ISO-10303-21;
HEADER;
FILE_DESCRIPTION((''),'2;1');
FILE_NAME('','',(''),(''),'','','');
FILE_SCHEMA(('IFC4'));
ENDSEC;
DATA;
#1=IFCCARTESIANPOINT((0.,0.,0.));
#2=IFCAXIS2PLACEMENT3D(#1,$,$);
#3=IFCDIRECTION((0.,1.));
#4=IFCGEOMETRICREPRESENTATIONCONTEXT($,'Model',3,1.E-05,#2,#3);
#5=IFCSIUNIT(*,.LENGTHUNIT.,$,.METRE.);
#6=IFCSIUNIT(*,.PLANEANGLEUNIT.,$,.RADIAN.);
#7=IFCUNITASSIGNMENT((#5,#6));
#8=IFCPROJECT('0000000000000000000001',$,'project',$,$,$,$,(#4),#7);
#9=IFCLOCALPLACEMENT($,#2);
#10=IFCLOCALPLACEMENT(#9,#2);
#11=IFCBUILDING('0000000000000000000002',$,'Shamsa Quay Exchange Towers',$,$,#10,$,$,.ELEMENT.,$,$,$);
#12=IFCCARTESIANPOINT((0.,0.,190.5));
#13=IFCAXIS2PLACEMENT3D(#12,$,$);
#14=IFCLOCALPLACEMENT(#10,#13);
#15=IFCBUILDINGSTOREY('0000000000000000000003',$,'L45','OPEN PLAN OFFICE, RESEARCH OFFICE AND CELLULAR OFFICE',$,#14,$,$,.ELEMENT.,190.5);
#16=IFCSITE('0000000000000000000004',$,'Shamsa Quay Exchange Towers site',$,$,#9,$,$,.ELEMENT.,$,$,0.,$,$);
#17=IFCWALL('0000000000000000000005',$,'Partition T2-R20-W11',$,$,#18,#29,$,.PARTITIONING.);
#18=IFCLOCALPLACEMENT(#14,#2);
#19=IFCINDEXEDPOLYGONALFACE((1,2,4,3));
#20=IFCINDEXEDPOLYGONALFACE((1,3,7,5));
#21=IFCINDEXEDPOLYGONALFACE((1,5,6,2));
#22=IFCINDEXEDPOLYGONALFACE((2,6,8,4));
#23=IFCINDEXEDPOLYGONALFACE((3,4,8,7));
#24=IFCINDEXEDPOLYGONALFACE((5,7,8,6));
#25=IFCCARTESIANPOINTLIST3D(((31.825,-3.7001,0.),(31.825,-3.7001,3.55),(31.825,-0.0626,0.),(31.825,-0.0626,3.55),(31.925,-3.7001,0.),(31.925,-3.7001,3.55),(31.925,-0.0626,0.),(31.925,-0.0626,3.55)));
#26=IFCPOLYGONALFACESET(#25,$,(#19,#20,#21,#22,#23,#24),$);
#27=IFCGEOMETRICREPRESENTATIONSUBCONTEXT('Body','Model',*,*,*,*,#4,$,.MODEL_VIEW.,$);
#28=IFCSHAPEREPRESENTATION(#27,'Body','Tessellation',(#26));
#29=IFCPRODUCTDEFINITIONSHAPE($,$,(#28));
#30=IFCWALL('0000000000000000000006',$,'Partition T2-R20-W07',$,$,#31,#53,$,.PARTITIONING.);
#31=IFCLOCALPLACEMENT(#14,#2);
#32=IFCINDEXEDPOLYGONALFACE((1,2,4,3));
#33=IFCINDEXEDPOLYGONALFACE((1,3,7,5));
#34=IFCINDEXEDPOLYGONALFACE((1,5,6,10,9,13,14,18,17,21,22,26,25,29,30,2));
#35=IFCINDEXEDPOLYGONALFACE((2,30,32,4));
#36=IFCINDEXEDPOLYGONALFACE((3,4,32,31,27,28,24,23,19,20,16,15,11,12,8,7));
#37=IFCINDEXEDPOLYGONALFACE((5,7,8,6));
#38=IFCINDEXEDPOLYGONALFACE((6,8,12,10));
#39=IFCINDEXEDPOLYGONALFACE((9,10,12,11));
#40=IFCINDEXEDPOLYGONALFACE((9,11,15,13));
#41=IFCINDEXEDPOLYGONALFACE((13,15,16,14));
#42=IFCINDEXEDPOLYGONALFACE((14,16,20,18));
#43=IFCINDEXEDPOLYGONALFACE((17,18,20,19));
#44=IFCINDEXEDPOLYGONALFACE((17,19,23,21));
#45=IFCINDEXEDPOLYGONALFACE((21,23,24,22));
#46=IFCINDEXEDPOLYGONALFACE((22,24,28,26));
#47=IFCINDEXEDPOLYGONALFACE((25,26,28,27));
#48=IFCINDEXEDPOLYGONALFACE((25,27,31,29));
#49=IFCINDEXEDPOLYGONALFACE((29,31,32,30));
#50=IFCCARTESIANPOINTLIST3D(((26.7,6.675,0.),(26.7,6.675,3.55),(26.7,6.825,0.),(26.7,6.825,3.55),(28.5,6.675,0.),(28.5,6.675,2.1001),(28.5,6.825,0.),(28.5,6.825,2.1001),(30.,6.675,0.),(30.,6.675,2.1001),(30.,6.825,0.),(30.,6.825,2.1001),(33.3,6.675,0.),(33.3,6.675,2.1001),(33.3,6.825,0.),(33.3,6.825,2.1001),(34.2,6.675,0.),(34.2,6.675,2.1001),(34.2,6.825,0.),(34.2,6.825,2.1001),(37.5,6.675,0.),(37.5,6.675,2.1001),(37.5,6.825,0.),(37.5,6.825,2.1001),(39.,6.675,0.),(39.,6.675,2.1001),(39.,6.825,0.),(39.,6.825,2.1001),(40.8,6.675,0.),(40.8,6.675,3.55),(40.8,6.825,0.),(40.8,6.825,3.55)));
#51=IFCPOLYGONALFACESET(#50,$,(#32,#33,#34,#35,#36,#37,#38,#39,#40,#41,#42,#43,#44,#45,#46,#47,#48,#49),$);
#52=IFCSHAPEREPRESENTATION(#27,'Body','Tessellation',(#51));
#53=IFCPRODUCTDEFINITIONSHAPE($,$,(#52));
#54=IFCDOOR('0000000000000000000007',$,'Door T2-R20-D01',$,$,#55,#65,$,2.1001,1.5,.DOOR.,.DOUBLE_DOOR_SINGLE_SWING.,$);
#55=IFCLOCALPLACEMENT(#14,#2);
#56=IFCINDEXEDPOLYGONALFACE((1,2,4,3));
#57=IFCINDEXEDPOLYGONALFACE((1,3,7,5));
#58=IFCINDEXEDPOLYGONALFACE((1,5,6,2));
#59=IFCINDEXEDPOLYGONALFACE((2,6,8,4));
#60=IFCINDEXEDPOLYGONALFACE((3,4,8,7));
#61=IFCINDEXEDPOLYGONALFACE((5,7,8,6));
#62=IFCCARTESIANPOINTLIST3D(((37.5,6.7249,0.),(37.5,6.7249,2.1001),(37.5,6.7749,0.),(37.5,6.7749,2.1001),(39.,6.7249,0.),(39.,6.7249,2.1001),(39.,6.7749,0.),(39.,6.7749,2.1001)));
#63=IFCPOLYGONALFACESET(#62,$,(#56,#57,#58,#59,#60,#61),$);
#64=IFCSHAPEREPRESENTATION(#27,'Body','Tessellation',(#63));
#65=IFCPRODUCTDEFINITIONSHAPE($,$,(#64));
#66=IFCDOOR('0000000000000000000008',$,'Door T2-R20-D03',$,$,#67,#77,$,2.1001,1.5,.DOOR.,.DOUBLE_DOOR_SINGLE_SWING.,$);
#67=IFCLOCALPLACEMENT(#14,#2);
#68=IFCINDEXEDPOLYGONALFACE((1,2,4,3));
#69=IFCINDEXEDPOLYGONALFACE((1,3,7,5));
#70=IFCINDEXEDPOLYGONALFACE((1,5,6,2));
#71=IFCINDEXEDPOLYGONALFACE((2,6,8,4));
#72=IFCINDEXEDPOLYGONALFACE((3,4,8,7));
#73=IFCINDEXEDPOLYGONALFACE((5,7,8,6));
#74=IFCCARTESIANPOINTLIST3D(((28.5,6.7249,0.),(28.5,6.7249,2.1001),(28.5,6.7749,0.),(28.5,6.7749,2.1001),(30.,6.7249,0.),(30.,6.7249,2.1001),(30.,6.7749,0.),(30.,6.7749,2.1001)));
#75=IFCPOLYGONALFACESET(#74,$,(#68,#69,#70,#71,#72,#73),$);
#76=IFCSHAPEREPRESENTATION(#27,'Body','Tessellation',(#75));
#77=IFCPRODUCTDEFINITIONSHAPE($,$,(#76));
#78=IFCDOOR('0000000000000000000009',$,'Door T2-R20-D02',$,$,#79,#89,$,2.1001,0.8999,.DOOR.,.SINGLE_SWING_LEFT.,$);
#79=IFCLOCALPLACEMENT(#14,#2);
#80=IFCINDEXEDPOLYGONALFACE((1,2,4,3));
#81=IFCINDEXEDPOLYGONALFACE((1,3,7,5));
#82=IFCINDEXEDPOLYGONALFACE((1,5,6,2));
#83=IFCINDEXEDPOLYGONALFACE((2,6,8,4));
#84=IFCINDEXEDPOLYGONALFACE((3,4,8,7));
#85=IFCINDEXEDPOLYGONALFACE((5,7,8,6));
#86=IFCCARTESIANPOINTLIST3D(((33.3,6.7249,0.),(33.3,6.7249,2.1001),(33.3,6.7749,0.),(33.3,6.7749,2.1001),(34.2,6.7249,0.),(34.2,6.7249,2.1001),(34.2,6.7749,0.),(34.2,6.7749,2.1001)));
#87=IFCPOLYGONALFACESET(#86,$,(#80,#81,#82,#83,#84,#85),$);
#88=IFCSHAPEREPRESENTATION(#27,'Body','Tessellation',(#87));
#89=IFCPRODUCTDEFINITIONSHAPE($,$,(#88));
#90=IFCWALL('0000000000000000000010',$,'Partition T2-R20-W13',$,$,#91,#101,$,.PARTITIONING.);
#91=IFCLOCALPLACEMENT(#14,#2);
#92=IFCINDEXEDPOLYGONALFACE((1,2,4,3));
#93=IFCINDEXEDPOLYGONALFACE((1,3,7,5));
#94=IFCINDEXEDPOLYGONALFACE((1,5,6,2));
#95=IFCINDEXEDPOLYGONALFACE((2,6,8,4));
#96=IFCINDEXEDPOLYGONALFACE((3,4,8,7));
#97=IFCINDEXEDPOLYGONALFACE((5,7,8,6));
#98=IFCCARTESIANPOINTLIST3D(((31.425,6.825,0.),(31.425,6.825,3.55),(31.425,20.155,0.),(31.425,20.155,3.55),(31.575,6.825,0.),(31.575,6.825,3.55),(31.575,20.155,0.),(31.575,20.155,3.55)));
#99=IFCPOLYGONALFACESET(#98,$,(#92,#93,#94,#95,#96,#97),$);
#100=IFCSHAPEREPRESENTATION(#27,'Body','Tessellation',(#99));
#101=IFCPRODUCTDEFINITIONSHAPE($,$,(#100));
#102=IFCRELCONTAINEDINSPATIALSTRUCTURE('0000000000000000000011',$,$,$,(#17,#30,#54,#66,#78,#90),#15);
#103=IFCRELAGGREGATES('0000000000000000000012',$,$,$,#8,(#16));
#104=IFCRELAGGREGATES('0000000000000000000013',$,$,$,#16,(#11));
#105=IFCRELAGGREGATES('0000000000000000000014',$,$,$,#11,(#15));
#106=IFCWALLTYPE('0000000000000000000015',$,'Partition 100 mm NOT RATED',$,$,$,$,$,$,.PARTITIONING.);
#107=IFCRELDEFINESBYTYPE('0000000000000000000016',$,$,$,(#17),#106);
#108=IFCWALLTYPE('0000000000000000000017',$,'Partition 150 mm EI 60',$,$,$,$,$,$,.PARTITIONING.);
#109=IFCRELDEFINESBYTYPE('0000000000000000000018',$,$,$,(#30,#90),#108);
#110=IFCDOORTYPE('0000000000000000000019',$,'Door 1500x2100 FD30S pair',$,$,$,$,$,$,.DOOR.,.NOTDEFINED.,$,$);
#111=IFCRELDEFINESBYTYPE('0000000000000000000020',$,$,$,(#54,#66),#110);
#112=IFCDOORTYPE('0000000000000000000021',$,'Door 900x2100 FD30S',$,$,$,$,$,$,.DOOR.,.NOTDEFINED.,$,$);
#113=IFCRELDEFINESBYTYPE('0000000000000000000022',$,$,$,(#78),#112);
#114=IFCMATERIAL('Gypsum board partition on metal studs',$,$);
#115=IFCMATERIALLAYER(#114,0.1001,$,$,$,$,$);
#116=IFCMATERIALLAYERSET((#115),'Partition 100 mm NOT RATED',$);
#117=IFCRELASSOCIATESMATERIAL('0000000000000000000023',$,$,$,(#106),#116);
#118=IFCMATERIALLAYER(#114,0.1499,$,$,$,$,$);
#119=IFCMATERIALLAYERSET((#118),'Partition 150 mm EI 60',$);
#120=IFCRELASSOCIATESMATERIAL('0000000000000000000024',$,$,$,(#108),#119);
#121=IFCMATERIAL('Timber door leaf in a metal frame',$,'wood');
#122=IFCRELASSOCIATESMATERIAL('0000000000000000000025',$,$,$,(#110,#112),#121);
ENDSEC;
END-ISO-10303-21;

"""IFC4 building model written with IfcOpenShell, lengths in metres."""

from ifc_helpers import new_model, si_unit, direction, frame, frame_2d, origin, place, context, subcontext, project, spatial, rectangle, extrude, material, layer, layer_set, type_object, element, fill, save


model = new_model("IFC4")

# Units and contexts
model_context = context("Model", 3, precision=1e-05, world=origin(), true_north=direction((0.0, 1.0)))
body_context = subcontext(model_context, "Body", "Model", "MODEL_VIEW")
ifc_project = project(units=[si_unit("LENGTHUNIT", "METRE"), si_unit("PLANEANGLEUNIT", "RADIAN")], contexts=[model_context])

# Site, building, storey
site_placement = place(None, origin())
site = spatial("IfcSite", under=ifc_project, at=site_placement, Name="Shamsa Quay Exchange Towers site", CompositionType="ELEMENT", RefElevation=0.0)
building_placement = place(site_placement, origin())
building = spatial("IfcBuilding", under=site, at=building_placement, Name="Shamsa Quay Exchange Towers", CompositionType="ELEMENT")
storey_placement = place(building_placement, frame((0.0, 0.0, 190.5)))
storey = spatial("IfcBuildingStorey", under=building, at=storey_placement, Name="L45", Description="OPEN PLAN OFFICE, RESEARCH OFFICE AND CELLULAR OFFICE", CompositionType="ELEMENT", Elevation=190.5)

# Shared definitions
ifc_material_1 = material(Name="Gypsum board partition on metal studs")
ifc_layer_1 = layer(ifc_material_1, 0.1001)
ifc_layer_set_1 = layer_set([ifc_layer_1], Name="Partition 100 mm NOT RATED")
wall_type_1 = type_object("IfcWallType", Name="Partition 100 mm NOT RATED", PredefinedType="PARTITIONING", material=ifc_layer_set_1)
ifc_material_2 = material(Name="Timber door leaf in a metal frame", Category="wood")

# Wall
wall_1_placement = place(storey_placement, frame((31.875, -0.0625, 0.0), z_axis=(0.0, 0.0, 1.0), x_axis=(0.0, -1.0, 0.0)))
element("IfcWall", 1, at=wall_1_placement, inside=storey, type_object=wall_type_1, Name="Partition T2-R20-W11", PredefinedType="PARTITIONING", context=body_context, shape_type="SweptSolid", body=[
    extrude(rectangle(XDim=3.6375, YDim=0.1001, at=frame_2d((1.8188, 0.0))), origin(), (0.0, 0.0, 1.0), 3.55),
])

# Wall, openings, doors
ifc_layer_2 = layer(ifc_material_1, 0.1499)
ifc_layer_set_2 = layer_set([ifc_layer_2], Name="Partition 150 mm EI 60")
wall_type_2 = type_object("IfcWallType", Name="Partition 150 mm EI 60", PredefinedType="PARTITIONING", material=ifc_layer_set_2)
wall_2_placement = place(storey_placement, frame((26.7, 6.75, 0.0)))
wall_2 = element("IfcWall", 2, at=wall_2_placement, inside=storey, type_object=wall_type_2, Name="Partition T2-R20-W07", PredefinedType="PARTITIONING", context=body_context, shape_type="SweptSolid", body=[
    extrude(rectangle(XDim=14.1001, YDim=0.1499, at=frame_2d((7.05, 0.0))), origin(), (0.0, 0.0, 1.0), 3.55),
])
opening_1_placement = place(wall_2_placement, frame((10.8, 0.0, 0.0)))
opening_1 = element("IfcOpeningElement", 3, at=opening_1_placement, cuts=wall_2, PredefinedType="OPENING", context=body_context, shape_type="SweptSolid", body=[
    extrude(rectangle(XDim=1.5, YDim=2.1001, at=frame_2d((0.75, 1.05))), frame((0.0, 0.085, 0.0), z_axis=(0.0, -1.0, 0.0), x_axis=(1.0, 0.0, 0.0)), (0.0, 0.0, 1.0), 0.1699),
])
opening_2_placement = place(wall_2_placement, frame((6.6001, 0.0, 0.0)))
opening_2 = element("IfcOpeningElement", 4, at=opening_2_placement, cuts=wall_2, PredefinedType="OPENING", context=body_context, shape_type="SweptSolid", body=[
    extrude(rectangle(XDim=0.8999, YDim=2.1001, at=frame_2d((0.45, 1.05))), frame((0.0, 0.085, 0.0), z_axis=(0.0, -1.0, 0.0), x_axis=(1.0, 0.0, 0.0)), (0.0, 0.0, 1.0), 0.1699),
])
opening_3_placement = place(wall_2_placement, frame((1.8, 0.0, 0.0)))
opening_3 = element("IfcOpeningElement", 5, at=opening_3_placement, cuts=wall_2, PredefinedType="OPENING", context=body_context, shape_type="SweptSolid", body=[
    extrude(rectangle(XDim=1.5, YDim=2.1001, at=frame_2d((0.75, 1.05))), frame((0.0, 0.085, 0.0), z_axis=(0.0, -1.0, 0.0), x_axis=(1.0, 0.0, 0.0)), (0.0, 0.0, 1.0), 0.1699),
])
door_type_1 = type_object("IfcDoorType", Name="Door 1500x2100 FD30S pair", OperationType="NOTDEFINED", PredefinedType="DOOR", material=ifc_material_2)
door_1_placement = place(opening_1_placement, origin())
door_1 = element("IfcDoor", 6, at=door_1_placement, inside=storey, type_object=door_type_1, Name="Door T2-R20-D01", OperationType="DOUBLE_DOOR_SINGLE_SWING", OverallHeight=2.1001, OverallWidth=1.5, PredefinedType="DOOR", context=body_context, shape_type="SweptSolid", body=[
    extrude(rectangle(XDim=1.5, YDim=2.1001, at=frame_2d((0.75, 1.05))), frame((0.0, 0.0249, 0.0), z_axis=(0.0, -1.0, 0.0), x_axis=(1.0, 0.0, 0.0)), (0.0, 0.0, 1.0), 0.05),
])
fill(opening_1, door_1)
door_2_placement = place(opening_3_placement, origin())
door_2 = element("IfcDoor", 7, at=door_2_placement, inside=storey, type_object=door_type_1, Name="Door T2-R20-D03", OperationType="DOUBLE_DOOR_SINGLE_SWING", OverallHeight=2.1001, OverallWidth=1.5, PredefinedType="DOOR", context=body_context, shape_type="SweptSolid", body=[
    extrude(rectangle(XDim=1.5, YDim=2.1001, at=frame_2d((0.75, 1.05))), frame((0.0, 0.0249, 0.0), z_axis=(0.0, -1.0, 0.0), x_axis=(1.0, 0.0, 0.0)), (0.0, 0.0, 1.0), 0.05),
])
fill(opening_3, door_2)
door_type_2 = type_object("IfcDoorType", Name="Door 900x2100 FD30S", OperationType="NOTDEFINED", PredefinedType="DOOR", material=ifc_material_2)
door_3_placement = place(opening_2_placement, origin())
door_3 = element("IfcDoor", 8, at=door_3_placement, inside=storey, type_object=door_type_2, Name="Door T2-R20-D02", OperationType="SINGLE_SWING_LEFT", OverallHeight=2.1001, OverallWidth=0.8999, PredefinedType="DOOR", context=body_context, shape_type="SweptSolid", body=[
    extrude(rectangle(XDim=0.8999, YDim=2.1001, at=frame_2d((0.45, 1.05))), frame((0.0, 0.0249, 0.0), z_axis=(0.0, -1.0, 0.0), x_axis=(1.0, 0.0, 0.0)), (0.0, 0.0, 1.0), 0.05),
])
fill(opening_2, door_3)

# Wall
wall_3_placement = place(storey_placement, frame((31.5, 20.155, 0.0), z_axis=(0.0, 0.0, 1.0), x_axis=(0.0, -1.0, 0.0)))
element("IfcWall", 9, at=wall_3_placement, inside=storey, type_object=wall_type_2, Name="Partition T2-R20-W13", PredefinedType="PARTITIONING", context=body_context, shape_type="SweptSolid", body=[
    extrude(rectangle(XDim=13.3301, YDim=0.1499, at=frame_2d((6.665, 0.0))), origin(), (0.0, 0.0, 1.0), 3.55),
])

save(model, "model.ifc")
